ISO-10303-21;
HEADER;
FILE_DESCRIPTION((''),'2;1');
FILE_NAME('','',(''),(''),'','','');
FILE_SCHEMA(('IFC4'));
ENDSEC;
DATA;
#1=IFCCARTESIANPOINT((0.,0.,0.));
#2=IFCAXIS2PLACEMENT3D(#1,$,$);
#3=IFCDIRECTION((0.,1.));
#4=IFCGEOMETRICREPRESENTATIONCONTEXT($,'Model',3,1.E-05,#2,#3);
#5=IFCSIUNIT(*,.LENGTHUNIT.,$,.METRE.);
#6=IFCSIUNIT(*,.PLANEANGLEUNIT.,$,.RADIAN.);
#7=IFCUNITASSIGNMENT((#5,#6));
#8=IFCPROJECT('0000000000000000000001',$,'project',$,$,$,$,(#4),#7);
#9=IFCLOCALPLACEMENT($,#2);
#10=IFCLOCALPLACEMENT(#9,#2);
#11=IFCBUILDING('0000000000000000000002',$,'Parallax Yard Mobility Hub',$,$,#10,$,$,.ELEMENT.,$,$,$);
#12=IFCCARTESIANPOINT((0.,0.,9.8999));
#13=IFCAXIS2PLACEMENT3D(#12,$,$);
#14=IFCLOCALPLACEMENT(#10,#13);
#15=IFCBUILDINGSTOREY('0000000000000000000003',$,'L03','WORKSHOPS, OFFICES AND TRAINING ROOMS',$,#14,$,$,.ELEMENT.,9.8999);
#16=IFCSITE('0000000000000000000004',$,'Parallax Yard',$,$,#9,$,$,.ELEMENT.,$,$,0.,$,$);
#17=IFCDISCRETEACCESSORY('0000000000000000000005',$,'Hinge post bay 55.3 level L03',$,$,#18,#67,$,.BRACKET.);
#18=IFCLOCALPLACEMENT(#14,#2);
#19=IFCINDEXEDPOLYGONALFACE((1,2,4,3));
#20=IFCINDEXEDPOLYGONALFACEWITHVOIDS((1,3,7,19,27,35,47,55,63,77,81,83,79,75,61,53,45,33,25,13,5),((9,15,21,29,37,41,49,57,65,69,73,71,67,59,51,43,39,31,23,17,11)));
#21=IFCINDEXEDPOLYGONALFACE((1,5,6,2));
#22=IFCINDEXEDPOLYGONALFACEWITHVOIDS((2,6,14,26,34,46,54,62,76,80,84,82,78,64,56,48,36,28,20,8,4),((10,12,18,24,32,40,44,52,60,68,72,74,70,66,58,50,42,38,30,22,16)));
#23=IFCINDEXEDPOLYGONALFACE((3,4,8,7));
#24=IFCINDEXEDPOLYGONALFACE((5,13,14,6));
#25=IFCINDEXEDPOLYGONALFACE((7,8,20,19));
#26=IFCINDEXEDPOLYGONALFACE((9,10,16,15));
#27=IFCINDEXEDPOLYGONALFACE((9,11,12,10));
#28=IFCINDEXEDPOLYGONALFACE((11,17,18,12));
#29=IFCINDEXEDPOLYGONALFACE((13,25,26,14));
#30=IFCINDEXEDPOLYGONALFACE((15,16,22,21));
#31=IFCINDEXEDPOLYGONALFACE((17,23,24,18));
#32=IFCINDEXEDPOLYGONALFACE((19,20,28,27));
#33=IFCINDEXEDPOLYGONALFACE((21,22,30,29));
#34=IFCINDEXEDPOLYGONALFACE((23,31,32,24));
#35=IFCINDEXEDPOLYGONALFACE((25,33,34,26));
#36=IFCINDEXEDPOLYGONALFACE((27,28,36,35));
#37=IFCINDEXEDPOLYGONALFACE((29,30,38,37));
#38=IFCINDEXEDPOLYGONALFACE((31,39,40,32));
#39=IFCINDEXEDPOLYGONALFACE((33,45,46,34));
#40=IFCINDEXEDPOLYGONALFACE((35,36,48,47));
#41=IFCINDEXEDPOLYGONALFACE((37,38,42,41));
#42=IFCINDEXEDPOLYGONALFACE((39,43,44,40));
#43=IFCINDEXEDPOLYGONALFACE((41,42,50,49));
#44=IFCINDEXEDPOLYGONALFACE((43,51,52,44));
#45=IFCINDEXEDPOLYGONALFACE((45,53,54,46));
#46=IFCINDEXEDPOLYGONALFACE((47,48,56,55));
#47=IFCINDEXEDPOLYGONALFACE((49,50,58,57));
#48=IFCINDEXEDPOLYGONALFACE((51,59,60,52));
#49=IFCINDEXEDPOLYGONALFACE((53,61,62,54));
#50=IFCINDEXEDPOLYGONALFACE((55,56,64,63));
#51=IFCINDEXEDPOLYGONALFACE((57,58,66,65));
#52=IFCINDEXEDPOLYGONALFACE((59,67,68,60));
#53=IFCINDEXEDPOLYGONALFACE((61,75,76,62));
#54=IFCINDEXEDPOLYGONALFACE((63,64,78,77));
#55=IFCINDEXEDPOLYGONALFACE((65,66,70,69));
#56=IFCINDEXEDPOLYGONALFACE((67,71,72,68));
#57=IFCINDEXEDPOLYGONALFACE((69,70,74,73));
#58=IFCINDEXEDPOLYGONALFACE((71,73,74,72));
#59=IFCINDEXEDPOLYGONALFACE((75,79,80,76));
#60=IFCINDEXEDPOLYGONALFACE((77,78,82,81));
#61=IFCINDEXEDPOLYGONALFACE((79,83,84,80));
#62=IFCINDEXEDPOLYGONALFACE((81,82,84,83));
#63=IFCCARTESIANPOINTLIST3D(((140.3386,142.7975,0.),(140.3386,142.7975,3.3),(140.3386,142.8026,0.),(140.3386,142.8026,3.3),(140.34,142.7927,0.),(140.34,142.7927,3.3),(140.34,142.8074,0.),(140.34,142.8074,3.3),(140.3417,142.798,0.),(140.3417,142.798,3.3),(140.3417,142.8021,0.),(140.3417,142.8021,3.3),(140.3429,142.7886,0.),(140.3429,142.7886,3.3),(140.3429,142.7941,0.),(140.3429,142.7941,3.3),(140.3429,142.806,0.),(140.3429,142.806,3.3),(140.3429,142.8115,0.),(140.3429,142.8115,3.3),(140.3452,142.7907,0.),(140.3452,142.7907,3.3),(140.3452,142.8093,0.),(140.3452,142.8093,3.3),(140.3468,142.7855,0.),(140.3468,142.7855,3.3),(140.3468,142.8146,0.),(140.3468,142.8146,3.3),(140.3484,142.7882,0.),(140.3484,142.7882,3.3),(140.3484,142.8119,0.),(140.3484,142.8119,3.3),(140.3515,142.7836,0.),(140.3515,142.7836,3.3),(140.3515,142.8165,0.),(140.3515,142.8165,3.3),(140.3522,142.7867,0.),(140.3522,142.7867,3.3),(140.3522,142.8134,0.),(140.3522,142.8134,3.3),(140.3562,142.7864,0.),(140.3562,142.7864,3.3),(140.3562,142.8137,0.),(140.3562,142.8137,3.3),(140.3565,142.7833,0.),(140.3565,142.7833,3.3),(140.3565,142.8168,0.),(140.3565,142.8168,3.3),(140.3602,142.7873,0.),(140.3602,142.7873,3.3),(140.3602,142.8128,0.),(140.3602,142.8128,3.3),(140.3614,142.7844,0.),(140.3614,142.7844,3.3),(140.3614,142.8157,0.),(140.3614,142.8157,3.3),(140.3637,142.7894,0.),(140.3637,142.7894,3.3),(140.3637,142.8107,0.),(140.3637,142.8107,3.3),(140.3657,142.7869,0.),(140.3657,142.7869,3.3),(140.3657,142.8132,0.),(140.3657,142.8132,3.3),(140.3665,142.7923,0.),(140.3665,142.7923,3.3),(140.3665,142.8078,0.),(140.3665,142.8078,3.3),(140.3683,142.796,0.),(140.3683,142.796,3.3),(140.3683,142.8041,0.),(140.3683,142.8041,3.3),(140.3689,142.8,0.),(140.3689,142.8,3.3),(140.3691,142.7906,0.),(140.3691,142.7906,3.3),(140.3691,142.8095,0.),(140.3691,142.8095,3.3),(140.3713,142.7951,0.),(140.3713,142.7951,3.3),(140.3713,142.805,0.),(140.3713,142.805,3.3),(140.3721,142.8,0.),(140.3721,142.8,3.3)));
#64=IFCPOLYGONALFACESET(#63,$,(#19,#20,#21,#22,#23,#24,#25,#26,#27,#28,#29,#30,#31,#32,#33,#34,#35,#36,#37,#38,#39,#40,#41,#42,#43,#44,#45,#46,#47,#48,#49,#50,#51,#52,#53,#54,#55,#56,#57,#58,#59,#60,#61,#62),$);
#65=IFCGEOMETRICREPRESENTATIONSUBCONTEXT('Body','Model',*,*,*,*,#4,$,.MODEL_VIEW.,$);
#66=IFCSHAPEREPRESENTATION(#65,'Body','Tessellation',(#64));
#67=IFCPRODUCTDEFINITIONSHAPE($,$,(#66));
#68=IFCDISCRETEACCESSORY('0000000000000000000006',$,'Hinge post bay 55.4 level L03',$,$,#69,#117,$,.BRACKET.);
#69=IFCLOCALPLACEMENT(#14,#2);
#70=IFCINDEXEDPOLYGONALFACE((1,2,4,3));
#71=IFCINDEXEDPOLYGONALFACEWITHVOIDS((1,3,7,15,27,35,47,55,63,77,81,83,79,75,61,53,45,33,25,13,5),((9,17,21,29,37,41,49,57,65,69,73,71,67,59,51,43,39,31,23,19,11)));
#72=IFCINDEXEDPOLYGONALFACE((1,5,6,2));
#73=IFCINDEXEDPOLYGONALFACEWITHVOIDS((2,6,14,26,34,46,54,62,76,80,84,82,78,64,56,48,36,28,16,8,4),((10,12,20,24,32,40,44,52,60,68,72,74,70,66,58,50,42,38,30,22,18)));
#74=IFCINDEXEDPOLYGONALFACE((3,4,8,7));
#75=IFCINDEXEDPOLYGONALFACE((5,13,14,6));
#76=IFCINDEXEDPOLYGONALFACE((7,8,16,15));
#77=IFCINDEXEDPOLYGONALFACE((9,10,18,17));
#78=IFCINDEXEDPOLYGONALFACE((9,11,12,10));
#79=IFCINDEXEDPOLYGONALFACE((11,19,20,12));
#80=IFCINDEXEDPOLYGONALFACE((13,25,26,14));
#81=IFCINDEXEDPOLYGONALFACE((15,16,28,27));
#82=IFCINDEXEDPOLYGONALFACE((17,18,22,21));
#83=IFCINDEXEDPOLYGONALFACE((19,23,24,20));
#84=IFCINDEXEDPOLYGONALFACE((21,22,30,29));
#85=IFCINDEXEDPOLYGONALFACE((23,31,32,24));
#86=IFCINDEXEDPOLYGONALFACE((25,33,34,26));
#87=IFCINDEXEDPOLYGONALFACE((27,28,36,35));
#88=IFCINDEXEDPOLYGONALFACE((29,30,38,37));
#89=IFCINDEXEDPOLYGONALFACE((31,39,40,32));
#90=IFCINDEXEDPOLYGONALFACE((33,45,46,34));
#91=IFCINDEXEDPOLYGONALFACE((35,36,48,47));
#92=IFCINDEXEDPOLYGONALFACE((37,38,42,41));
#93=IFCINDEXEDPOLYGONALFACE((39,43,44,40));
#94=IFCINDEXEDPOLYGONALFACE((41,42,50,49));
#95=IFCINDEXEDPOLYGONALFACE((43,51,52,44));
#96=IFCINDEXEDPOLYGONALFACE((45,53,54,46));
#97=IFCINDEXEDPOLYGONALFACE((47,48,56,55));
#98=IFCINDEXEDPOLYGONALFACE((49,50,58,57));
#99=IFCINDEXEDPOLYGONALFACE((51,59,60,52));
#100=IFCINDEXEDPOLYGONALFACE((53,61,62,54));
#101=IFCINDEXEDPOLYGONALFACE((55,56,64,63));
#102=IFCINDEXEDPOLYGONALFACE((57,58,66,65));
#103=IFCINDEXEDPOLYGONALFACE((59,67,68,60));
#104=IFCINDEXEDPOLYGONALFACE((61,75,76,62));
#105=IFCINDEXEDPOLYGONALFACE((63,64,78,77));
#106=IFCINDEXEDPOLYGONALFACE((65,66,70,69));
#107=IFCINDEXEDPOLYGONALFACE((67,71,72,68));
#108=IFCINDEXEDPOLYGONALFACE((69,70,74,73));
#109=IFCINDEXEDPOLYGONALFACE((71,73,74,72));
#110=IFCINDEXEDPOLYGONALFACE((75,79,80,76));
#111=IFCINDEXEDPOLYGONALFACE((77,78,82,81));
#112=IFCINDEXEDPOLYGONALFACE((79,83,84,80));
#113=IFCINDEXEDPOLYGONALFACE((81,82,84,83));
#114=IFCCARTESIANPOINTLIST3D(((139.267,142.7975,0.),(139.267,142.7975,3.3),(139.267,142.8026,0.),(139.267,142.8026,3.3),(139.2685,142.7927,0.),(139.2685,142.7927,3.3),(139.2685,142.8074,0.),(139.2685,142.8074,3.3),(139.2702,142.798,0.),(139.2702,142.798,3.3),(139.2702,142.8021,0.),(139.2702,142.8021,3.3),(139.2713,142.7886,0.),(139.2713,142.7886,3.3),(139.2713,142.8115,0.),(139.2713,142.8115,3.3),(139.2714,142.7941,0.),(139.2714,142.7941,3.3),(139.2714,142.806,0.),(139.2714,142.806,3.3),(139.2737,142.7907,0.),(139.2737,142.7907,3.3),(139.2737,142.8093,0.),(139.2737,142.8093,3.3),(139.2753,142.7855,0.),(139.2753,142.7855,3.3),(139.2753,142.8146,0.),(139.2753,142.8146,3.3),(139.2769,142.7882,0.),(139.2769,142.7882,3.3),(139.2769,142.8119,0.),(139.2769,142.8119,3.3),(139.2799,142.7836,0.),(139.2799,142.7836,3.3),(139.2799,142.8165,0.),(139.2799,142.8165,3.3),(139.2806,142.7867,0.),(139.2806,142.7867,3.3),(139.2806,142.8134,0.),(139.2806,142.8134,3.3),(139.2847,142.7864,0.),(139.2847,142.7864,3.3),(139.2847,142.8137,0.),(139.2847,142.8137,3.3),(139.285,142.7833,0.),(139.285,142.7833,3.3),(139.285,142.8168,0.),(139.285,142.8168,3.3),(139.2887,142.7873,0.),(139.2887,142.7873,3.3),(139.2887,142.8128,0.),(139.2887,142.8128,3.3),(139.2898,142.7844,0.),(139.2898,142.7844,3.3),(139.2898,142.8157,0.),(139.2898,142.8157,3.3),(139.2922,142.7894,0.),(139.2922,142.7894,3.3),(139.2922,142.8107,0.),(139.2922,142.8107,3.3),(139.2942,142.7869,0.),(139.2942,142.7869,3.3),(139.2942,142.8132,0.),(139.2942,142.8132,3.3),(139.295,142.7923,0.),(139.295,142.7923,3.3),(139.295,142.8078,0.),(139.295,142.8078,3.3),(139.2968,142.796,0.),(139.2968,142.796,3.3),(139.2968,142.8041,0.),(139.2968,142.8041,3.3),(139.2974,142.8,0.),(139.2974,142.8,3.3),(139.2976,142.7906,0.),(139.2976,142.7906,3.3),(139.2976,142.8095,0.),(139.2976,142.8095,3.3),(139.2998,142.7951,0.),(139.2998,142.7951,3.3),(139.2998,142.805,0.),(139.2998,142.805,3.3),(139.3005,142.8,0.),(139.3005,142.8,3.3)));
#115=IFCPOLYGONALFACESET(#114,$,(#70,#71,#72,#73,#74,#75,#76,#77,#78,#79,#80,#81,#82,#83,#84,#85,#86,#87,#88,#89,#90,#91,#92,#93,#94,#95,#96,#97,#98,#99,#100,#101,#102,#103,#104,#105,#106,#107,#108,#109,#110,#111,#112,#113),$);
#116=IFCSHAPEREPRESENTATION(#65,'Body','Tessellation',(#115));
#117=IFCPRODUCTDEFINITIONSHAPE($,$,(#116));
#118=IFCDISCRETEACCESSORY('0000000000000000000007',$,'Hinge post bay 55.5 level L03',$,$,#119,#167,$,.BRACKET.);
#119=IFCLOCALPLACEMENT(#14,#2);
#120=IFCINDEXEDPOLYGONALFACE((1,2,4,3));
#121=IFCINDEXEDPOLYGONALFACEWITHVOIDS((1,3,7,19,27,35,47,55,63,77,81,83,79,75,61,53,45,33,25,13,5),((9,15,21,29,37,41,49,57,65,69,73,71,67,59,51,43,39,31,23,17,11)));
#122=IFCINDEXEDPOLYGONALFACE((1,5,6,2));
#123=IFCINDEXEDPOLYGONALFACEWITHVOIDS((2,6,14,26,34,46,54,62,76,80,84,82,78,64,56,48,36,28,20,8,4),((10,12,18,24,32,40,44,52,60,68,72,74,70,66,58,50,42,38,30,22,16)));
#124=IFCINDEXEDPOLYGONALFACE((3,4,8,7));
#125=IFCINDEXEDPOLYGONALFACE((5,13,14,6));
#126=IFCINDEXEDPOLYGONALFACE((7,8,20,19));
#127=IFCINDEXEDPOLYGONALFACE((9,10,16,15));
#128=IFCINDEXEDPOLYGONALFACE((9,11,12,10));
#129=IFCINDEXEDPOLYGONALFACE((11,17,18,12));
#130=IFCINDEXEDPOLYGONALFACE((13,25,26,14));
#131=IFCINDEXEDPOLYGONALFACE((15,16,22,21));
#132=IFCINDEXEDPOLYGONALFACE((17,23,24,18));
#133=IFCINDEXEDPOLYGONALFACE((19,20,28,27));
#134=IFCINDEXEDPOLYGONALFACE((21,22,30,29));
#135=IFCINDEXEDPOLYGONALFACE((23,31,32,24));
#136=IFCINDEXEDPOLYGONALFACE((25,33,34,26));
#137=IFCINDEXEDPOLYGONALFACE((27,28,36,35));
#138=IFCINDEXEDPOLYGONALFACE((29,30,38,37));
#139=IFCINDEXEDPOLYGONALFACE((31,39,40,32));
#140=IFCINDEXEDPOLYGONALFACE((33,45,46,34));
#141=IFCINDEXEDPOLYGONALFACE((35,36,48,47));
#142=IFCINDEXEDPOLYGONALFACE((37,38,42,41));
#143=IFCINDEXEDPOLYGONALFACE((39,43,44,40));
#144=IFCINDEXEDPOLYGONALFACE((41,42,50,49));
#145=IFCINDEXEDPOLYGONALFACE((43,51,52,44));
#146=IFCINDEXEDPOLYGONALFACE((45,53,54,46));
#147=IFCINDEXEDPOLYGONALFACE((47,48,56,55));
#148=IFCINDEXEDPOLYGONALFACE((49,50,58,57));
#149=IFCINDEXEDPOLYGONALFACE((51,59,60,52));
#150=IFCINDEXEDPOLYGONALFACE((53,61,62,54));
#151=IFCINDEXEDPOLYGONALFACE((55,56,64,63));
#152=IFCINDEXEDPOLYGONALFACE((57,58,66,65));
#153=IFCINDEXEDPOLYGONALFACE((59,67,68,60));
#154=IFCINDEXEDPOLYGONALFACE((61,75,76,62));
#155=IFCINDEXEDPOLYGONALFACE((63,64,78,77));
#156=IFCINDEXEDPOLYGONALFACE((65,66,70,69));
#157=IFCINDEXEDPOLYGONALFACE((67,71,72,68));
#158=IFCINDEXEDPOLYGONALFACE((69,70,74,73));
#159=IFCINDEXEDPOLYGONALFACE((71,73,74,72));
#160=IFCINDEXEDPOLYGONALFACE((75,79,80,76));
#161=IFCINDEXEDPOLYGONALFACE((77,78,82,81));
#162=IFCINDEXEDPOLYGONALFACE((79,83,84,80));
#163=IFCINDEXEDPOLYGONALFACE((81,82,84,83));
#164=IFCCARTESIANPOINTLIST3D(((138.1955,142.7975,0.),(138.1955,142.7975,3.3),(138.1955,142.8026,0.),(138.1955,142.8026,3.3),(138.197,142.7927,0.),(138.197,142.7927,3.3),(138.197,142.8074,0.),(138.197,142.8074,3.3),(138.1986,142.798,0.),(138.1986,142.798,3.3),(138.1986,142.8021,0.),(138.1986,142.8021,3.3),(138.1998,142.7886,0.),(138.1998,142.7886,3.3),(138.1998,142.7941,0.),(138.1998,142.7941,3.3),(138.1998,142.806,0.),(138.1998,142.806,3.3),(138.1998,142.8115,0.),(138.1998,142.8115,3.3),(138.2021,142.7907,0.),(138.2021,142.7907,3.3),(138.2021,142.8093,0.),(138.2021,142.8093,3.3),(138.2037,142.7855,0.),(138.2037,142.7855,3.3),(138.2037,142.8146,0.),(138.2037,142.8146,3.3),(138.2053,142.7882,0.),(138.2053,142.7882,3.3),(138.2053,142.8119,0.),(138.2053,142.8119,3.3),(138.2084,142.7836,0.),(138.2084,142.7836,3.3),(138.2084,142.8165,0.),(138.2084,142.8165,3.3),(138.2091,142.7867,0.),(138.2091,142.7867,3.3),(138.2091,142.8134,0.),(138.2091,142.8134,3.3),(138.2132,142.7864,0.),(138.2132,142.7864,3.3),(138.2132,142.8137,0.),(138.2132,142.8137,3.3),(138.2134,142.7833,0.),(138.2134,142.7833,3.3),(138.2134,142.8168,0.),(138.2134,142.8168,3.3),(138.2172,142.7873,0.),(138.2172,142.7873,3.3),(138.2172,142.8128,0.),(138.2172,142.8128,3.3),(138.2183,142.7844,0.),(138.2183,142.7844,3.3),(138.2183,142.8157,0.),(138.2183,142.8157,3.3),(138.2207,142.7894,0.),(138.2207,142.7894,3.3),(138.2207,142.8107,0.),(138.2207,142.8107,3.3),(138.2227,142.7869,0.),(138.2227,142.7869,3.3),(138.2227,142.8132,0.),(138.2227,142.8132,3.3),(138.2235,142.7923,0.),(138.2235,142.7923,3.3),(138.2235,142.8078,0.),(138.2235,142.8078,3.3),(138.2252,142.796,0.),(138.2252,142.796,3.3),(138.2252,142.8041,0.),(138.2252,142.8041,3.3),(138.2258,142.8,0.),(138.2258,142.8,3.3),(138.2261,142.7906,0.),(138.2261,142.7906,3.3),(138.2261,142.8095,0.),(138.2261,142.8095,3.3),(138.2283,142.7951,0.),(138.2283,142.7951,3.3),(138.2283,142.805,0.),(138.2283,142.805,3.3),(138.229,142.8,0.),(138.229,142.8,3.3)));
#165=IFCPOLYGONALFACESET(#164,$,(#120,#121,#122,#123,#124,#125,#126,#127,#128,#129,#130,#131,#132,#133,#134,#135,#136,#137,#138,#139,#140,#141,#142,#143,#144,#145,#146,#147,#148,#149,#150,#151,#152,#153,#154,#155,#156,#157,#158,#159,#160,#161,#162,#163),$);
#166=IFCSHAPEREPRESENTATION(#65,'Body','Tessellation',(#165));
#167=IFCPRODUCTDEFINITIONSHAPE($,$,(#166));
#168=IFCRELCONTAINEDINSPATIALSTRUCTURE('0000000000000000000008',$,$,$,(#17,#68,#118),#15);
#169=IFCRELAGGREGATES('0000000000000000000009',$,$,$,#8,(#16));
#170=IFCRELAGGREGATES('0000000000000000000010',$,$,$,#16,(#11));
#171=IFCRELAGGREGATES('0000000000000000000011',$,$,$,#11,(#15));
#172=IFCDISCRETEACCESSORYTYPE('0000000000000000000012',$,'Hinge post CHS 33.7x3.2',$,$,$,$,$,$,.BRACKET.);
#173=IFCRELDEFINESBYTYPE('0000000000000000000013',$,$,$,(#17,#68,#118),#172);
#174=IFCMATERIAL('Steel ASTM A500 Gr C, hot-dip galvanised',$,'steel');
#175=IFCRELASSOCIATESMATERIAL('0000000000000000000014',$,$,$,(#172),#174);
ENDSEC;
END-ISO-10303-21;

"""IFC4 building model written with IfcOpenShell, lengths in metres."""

from ifc_helpers import new_model, si_unit, direction, frame, origin, origin_2d, place, context, subcontext, project, spatial, hollow_circle, extrude, material, material_profile, profile_set, type_object, element, save


model = new_model("IFC4")

# Units and contexts
model_context = context("Model", 3, precision=1e-05, world=origin(), true_north=direction((0.0, 1.0)))
body_context = subcontext(model_context, "Body", "Model", "MODEL_VIEW")
ifc_project = project(units=[si_unit("LENGTHUNIT", "METRE"), si_unit("PLANEANGLEUNIT", "RADIAN")], contexts=[model_context])

# Site, building, storey
site_placement = place(None, origin())
site = spatial("IfcSite", under=ifc_project, at=site_placement, Name="Parallax Yard", CompositionType="ELEMENT", RefElevation=0.0)
building_placement = place(site_placement, origin())
building = spatial("IfcBuilding", under=site, at=building_placement, Name="Parallax Yard Mobility Hub", CompositionType="ELEMENT")
storey_placement = place(building_placement, frame((0.0, 0.0, 9.8999)))
storey = spatial("IfcBuildingStorey", under=building, at=storey_placement, Name="L03", Description="WORKSHOPS, OFFICES AND TRAINING ROOMS", CompositionType="ELEMENT", Elevation=9.8999)

# Discrete accessories
ifc_material_1 = material(Name="Steel ASTM A500 Gr C, hot-dip galvanised", Category="steel")
ifc_material_profile = material_profile(ifc_material_1, hollow_circle(Radius=0.0168, WallThickness=0.0032, at=origin_2d()), Name="CHS 33.7x3.2")
ifc_profile_set = profile_set([ifc_material_profile], Name="Steel ASTM A500 Gr C, hot-dip galvanised")
discrete_accessory_type_1 = type_object("IfcDiscreteAccessoryType", Name="Hinge post CHS 33.7x3.2", PredefinedType="BRACKET", material=ifc_profile_set)
for number, where, z_axis, x_axis, name in (
    (1, (140.3552, 142.8, 0.0), (0.0, 0.0, 1.0), (1.0, 0.0, 0.0), "Hinge post bay 55.3 level L03"),
    (2, (139.2837, 142.8, 0.0), (0.0, 0.0, 1.0), (1.0, 0.0, 0.0), "Hinge post bay 55.4 level L03"),
    (3, (138.2122, 142.8, 0.0), (0.0, 0.0, 1.0), (1.0, 0.0, 0.0), "Hinge post bay 55.5 level L03"),
):
    element("IfcDiscreteAccessory", number, at=place(storey_placement, frame(where, z_axis=z_axis, x_axis=x_axis)), inside=storey, type_object=discrete_accessory_type_1, Name=name, PredefinedType="BRACKET", context=body_context, shape_type="SweptSolid", body=[
        extrude(hollow_circle(Radius=0.0168, WallThickness=0.0032, at=origin_2d()), origin(), (0.0, 0.0, 1.0), 3.3),
    ])

save(model, "model.ifc")
